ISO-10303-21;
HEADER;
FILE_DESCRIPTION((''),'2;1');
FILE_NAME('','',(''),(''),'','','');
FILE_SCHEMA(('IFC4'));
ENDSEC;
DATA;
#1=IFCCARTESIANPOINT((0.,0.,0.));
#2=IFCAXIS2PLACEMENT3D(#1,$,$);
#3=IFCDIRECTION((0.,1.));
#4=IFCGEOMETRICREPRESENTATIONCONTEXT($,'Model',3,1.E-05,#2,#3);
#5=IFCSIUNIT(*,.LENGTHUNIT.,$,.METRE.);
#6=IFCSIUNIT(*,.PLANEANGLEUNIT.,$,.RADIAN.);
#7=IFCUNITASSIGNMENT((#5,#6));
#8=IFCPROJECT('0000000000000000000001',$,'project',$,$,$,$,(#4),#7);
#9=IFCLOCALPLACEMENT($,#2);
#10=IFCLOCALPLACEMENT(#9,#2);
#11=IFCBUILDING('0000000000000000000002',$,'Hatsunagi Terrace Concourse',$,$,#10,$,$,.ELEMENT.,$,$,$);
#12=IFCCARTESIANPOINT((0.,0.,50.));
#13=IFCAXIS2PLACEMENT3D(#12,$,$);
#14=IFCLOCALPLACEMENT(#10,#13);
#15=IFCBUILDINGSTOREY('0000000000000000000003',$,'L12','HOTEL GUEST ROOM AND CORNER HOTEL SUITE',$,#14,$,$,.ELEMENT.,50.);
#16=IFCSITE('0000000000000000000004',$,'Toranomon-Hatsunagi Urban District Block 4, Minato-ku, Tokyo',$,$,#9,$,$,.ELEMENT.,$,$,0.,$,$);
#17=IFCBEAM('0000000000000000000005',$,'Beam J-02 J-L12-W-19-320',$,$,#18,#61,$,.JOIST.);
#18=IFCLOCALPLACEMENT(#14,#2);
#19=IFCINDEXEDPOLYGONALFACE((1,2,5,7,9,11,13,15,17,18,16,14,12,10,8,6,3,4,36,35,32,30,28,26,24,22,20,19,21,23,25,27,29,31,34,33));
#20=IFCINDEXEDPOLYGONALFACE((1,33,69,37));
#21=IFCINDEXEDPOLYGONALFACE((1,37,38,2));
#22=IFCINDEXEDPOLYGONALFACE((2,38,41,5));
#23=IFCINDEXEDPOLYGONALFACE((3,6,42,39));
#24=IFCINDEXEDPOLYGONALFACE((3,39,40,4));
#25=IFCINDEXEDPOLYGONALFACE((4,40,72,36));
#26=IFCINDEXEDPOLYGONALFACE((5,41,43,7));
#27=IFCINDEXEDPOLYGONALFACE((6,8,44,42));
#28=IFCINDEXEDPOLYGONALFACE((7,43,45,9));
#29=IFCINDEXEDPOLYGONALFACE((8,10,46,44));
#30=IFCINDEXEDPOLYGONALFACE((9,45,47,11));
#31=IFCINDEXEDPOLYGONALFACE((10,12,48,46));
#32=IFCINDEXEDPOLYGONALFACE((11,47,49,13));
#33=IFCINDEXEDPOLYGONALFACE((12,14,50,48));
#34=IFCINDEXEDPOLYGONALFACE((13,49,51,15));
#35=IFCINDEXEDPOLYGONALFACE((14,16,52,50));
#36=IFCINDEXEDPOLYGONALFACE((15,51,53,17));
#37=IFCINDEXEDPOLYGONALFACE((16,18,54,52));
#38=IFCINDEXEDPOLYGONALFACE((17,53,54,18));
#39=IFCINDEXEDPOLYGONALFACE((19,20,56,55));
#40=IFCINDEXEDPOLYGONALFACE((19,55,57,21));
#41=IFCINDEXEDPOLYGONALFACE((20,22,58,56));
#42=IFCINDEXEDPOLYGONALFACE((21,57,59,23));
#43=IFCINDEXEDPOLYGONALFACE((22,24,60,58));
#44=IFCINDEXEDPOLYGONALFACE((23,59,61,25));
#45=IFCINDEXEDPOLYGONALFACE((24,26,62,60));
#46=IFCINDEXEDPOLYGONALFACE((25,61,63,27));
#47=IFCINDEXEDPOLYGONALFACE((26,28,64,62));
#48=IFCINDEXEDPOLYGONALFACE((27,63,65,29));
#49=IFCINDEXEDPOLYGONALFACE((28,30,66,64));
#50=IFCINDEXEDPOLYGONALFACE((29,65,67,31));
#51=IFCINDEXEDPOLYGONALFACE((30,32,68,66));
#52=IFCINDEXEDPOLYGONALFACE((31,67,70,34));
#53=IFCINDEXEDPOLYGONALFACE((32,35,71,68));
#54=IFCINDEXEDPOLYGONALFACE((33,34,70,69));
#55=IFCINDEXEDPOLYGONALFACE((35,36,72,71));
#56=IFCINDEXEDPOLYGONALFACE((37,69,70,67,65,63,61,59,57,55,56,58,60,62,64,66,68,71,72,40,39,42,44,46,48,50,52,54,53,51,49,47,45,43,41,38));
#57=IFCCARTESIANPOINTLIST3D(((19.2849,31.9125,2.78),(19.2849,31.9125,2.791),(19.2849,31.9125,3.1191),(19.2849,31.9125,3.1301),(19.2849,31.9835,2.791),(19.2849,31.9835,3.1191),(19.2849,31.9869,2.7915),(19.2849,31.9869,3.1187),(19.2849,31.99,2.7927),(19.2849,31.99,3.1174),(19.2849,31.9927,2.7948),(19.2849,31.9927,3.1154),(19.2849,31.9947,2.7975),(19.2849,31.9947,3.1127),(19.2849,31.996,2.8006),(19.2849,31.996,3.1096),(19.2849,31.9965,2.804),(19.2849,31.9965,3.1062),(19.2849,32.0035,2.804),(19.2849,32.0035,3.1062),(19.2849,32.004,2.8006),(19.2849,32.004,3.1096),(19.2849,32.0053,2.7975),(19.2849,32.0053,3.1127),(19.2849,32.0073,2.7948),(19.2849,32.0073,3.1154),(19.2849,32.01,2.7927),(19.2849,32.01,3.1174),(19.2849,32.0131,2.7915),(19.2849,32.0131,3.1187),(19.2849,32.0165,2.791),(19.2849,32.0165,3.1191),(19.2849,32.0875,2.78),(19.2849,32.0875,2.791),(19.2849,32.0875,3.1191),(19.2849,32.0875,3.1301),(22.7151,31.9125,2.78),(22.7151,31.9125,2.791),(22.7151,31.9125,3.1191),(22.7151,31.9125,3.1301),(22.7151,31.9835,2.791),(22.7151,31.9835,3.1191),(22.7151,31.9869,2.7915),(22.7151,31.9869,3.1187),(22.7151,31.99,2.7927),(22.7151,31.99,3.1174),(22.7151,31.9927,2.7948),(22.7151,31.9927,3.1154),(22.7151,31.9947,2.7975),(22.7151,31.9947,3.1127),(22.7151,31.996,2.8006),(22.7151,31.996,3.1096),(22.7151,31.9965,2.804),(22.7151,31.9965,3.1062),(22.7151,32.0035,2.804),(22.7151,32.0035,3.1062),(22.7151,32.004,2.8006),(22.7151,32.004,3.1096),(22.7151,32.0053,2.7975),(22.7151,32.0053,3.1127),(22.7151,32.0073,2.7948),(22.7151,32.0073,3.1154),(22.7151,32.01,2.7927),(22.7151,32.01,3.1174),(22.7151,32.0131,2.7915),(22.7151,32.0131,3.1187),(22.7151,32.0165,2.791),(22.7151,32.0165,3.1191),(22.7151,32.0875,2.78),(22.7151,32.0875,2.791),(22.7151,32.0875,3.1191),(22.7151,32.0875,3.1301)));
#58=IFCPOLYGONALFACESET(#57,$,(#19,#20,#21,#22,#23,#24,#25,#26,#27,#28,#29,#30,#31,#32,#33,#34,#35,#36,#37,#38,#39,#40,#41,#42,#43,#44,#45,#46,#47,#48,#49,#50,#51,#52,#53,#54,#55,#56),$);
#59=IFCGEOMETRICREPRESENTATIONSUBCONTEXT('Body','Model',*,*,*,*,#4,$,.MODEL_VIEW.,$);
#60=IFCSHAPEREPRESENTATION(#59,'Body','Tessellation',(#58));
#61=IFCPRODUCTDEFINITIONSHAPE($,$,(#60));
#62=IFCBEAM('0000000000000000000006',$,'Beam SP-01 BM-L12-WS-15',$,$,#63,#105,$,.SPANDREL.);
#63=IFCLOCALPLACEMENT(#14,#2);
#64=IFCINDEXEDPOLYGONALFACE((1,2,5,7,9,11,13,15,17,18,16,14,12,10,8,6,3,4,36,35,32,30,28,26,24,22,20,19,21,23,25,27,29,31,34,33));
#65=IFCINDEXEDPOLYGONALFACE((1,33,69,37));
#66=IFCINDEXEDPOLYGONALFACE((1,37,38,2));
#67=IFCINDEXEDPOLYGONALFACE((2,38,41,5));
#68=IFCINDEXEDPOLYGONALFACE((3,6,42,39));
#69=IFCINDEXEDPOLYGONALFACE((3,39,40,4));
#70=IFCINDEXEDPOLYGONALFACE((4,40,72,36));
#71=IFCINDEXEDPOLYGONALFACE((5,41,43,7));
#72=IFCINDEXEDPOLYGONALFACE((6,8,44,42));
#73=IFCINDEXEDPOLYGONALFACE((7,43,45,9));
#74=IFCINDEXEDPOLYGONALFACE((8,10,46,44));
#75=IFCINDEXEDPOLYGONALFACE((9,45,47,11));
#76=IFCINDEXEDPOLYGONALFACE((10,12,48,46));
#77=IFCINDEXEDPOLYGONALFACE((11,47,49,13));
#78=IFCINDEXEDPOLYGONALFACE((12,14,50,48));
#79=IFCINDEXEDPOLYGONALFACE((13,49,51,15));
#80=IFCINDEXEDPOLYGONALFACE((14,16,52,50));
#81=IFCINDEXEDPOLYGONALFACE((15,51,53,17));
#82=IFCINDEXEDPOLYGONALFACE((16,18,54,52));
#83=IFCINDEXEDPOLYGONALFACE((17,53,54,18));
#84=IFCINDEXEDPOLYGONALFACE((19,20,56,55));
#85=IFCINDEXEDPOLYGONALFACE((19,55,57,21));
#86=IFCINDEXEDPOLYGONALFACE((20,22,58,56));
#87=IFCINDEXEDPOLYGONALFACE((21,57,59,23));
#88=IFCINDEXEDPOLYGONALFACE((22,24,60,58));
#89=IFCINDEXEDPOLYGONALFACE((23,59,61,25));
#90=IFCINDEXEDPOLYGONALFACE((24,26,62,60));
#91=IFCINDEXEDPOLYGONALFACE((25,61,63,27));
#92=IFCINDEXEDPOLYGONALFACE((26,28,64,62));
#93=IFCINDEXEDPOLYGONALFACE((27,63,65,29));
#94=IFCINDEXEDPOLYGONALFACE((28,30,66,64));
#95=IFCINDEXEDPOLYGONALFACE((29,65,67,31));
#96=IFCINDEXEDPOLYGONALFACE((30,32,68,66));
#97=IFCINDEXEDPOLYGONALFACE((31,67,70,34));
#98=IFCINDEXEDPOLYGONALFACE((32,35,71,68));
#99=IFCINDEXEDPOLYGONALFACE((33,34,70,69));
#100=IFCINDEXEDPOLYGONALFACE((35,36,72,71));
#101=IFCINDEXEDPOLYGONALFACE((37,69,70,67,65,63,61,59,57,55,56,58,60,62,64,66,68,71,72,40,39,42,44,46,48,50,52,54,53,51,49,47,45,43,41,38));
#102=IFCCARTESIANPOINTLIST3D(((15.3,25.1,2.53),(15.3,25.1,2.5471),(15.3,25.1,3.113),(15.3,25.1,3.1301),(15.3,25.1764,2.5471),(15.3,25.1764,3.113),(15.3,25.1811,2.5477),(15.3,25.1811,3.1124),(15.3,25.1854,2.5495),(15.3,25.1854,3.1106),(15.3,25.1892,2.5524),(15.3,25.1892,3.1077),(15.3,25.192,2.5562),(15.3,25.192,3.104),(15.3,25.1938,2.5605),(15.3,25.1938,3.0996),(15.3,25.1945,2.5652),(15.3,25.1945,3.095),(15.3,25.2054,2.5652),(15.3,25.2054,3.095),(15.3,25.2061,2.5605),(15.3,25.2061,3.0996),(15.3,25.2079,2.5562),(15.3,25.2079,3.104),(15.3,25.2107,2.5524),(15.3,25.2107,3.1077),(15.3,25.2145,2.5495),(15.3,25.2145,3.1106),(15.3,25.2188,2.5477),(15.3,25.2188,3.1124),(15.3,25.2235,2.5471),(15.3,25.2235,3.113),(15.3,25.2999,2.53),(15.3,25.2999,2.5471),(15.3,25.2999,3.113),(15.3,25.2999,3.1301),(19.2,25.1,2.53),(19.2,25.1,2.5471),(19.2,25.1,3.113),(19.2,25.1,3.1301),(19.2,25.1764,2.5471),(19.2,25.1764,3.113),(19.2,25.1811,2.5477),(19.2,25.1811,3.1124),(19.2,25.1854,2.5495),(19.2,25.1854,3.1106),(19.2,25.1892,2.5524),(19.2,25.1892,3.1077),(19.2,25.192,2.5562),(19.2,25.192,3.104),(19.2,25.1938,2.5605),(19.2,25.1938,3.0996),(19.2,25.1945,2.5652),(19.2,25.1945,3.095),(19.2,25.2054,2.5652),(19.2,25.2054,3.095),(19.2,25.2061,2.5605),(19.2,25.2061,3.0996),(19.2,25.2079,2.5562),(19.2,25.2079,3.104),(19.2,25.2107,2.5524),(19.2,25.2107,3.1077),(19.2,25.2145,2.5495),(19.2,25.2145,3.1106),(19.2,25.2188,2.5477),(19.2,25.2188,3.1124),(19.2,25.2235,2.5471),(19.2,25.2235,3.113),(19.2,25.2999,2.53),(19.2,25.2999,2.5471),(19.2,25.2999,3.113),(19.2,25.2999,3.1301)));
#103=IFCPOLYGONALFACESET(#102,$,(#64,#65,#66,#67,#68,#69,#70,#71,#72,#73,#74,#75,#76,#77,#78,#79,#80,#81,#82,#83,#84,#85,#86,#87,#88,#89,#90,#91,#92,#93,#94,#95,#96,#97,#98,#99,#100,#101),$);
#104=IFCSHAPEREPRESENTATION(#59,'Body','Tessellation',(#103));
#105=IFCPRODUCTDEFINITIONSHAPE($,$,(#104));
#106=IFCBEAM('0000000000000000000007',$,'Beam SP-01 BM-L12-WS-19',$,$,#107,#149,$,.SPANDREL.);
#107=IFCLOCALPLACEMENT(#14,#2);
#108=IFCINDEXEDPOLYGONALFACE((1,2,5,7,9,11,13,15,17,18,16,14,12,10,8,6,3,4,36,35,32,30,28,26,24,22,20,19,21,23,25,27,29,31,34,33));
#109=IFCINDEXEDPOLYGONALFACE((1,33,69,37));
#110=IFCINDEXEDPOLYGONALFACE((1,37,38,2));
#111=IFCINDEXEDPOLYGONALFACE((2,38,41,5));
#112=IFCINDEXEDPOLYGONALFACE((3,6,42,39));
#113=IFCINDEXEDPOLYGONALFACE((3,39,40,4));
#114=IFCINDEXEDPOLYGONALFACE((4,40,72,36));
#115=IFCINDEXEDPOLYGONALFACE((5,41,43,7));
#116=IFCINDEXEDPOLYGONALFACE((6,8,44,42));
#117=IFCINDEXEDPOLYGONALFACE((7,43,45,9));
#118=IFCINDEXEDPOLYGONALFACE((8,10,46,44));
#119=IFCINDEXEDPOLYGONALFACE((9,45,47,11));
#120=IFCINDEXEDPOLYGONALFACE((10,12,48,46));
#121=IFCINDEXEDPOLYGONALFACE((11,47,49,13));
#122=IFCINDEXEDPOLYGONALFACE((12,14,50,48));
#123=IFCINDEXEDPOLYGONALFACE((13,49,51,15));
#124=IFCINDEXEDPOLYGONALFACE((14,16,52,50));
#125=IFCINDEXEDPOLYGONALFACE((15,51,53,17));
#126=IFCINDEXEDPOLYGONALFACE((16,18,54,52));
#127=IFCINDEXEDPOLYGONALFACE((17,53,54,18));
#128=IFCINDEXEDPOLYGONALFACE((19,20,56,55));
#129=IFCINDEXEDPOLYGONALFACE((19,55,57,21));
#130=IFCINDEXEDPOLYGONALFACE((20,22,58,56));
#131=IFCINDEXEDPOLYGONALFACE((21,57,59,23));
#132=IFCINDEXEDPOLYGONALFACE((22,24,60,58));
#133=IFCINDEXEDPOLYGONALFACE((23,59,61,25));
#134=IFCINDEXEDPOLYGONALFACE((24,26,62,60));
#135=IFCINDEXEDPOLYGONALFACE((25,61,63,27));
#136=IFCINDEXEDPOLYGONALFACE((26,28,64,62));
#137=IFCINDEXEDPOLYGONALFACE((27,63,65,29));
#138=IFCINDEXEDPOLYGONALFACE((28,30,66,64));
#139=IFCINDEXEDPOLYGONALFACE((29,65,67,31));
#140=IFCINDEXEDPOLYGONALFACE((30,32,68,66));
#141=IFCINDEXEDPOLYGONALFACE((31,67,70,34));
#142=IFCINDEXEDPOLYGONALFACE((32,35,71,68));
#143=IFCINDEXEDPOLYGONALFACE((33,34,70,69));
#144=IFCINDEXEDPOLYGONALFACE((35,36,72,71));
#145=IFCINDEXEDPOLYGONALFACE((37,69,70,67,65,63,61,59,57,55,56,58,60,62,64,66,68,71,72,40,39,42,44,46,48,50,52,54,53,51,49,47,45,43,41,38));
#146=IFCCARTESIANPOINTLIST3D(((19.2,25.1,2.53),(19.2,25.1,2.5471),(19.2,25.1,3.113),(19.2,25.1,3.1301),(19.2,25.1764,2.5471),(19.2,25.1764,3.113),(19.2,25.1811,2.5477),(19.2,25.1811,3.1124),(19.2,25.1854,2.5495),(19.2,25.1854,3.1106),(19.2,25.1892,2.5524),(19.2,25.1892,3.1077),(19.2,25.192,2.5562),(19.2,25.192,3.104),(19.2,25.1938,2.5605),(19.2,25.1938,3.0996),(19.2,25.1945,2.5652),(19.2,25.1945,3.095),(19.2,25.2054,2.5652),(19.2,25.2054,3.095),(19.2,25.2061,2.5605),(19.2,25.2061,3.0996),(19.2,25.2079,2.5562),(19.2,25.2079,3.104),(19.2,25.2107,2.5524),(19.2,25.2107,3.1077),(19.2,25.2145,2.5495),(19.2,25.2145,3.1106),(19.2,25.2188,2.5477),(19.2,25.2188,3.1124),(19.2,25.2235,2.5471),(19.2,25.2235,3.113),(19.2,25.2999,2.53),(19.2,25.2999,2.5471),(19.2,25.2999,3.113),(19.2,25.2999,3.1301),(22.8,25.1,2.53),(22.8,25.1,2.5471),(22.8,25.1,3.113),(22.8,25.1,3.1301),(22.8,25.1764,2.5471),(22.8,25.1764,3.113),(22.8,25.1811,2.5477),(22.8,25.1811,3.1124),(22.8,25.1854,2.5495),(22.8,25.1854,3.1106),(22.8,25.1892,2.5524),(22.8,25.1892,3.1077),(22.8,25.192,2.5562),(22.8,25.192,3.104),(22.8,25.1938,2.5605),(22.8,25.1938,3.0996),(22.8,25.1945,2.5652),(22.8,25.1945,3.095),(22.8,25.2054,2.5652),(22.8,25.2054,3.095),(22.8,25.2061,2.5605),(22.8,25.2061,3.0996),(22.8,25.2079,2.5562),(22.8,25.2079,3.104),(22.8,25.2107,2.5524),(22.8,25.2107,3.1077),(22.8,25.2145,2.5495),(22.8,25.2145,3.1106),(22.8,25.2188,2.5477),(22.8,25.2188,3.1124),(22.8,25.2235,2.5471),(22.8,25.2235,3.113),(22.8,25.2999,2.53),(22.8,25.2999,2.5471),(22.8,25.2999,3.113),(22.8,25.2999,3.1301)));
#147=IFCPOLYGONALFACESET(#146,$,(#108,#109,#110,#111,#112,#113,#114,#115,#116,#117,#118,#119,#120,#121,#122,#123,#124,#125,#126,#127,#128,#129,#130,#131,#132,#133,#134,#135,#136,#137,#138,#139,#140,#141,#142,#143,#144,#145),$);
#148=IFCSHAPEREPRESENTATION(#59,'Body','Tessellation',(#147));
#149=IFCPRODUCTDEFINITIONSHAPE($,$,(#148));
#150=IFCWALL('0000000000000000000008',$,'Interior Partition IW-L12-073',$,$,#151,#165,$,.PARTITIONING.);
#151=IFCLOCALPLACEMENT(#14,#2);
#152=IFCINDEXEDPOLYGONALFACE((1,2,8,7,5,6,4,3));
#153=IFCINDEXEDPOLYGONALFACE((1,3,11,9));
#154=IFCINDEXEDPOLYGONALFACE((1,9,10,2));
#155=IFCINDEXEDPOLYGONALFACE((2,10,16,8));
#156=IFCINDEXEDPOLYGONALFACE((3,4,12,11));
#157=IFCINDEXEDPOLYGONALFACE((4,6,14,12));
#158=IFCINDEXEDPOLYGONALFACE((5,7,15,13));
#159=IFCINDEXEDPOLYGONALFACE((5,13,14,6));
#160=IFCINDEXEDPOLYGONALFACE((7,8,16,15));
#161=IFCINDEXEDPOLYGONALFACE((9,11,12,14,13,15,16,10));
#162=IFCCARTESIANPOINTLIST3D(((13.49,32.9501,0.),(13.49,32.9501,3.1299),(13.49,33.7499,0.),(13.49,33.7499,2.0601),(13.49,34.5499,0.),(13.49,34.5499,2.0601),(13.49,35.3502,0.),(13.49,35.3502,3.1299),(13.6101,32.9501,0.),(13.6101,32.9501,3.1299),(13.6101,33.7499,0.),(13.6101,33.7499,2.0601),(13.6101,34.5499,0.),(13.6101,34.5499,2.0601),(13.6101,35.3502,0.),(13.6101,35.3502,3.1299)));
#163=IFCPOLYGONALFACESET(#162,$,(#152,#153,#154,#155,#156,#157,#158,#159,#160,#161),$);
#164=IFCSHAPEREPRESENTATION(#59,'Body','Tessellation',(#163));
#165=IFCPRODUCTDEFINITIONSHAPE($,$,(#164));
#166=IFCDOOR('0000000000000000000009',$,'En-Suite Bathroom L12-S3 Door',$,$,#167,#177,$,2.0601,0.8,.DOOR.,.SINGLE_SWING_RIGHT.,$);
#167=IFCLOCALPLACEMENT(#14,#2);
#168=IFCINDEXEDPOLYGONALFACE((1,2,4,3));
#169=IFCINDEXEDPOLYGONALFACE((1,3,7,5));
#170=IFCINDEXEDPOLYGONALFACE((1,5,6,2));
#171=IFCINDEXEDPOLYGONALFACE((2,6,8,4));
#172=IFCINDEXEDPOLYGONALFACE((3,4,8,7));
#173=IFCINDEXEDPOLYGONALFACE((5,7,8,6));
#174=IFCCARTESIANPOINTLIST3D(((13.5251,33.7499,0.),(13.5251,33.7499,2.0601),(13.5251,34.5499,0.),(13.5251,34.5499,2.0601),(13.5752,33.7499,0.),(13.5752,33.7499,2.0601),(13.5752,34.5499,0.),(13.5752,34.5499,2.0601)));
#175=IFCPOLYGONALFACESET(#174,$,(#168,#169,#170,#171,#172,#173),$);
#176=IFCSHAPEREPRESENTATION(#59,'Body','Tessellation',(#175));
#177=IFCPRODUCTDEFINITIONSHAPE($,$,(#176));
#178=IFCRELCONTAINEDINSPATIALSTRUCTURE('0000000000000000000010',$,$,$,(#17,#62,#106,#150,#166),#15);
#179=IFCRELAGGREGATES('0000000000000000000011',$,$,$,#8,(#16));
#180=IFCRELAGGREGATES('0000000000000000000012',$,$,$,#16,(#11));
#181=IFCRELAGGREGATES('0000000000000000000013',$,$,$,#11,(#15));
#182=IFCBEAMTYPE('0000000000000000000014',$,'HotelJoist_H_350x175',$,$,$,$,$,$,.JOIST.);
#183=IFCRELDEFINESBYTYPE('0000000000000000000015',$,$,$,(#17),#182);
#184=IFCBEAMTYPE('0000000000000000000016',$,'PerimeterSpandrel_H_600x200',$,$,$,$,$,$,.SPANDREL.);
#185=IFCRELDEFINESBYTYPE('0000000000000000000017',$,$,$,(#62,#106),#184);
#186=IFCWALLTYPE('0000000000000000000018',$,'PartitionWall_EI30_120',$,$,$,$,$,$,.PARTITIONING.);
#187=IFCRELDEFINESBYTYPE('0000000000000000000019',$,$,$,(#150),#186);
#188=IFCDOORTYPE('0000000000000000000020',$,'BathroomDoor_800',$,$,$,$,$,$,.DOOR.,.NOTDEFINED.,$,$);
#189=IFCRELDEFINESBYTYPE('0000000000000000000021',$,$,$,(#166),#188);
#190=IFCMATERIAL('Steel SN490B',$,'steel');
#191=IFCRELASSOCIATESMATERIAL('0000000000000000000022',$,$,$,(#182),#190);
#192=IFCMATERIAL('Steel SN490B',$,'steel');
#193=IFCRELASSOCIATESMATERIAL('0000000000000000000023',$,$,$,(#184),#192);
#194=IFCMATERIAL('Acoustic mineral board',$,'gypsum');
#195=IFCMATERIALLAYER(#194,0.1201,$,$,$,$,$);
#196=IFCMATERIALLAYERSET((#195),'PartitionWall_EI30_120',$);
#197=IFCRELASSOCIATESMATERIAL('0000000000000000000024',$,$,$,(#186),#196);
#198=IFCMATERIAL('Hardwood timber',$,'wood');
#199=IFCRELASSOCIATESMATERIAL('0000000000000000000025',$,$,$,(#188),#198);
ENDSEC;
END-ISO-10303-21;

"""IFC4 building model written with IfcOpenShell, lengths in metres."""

from ifc_helpers import new_model, si_unit, direction, frame, frame_2d, origin, origin_2d, place, context, subcontext, project, spatial, rectangle, i_section, extrude, material, layer, layer_set, material_profile, profile_set, type_object, element, fill, save


model = new_model("IFC4")

# Units and contexts
model_context = context("Model", 3, precision=1e-05, world=origin(), true_north=direction((0.0, 1.0)))
body_context = subcontext(model_context, "Body", "Model", "MODEL_VIEW")
ifc_project = project(units=[si_unit("LENGTHUNIT", "METRE"), si_unit("PLANEANGLEUNIT", "RADIAN")], contexts=[model_context])

# Site, building, storey
site_placement = place(None, origin())
site = spatial("IfcSite", under=ifc_project, at=site_placement, Name="Toranomon-Hatsunagi Urban District Block 4, Minato-ku, Tokyo", CompositionType="ELEMENT", RefElevation=0.0)
building_placement = place(site_placement, origin())
building = spatial("IfcBuilding", under=site, at=building_placement, Name="Hatsunagi Terrace Concourse", CompositionType="ELEMENT")
storey_placement = place(building_placement, frame((0.0, 0.0, 50.0)))
storey = spatial("IfcBuildingStorey", under=building, at=storey_placement, Name="L12", Description="HOTEL GUEST ROOM AND CORNER HOTEL SUITE", CompositionType="ELEMENT", Elevation=50.0)

# Beams
ifc_material_1 = material(Name="Steel SN490B", Category="steel")
ifc_material_profile_1 = material_profile(ifc_material_1, i_section(OverallWidth=0.175, OverallDepth=0.3501, WebThickness=0.0071, FlangeThickness=0.011, FilletRadius=0.0129, at=origin_2d()), Name="H-350x175x7x11")
ifc_profile_set_1 = profile_set([ifc_material_profile_1], Name="Steel SN490B")
beam_type_1 = type_object("IfcBeamType", Name="HotelJoist_H_350x175", PredefinedType="JOIST", material=ifc_profile_set_1)
beam_1_placement = place(storey_placement, frame((19.2849, 32.0, 2.9551), z_axis=(1.0, 0.0, 0.0), x_axis=(0.0, 1.0, 0.0)))
element("IfcBeam", 1, at=beam_1_placement, inside=storey, type_object=beam_type_1, Name="Beam J-02 J-L12-W-19-320", PredefinedType="JOIST", context=body_context, shape_type="SweptSolid", body=[
    extrude(i_section(OverallWidth=0.175, OverallDepth=0.3501, WebThickness=0.0071, FlangeThickness=0.011, FilletRadius=0.0129, at=origin_2d()), origin(), (0.0, 0.0, 1.0), 3.4302),
])
ifc_material_2 = material(Name="Steel SN490B", Category="steel")
ifc_material_profile_2 = material_profile(ifc_material_2, i_section(OverallWidth=0.2, OverallDepth=0.6001, WebThickness=0.011, FlangeThickness=0.0171, FilletRadius=0.0181, at=origin_2d()), Name="H-600x200x11x17")
ifc_profile_set_2 = profile_set([ifc_material_profile_2], Name="Steel SN490B")
beam_type_2 = type_object("IfcBeamType", Name="PerimeterSpandrel_H_600x200", PredefinedType="SPANDREL", material=ifc_profile_set_2)
beam_2_placement = place(storey_placement, frame((15.3, 25.2, 2.8301), z_axis=(1.0, 0.0, 0.0), x_axis=(0.0, 1.0, 0.0)))
element("IfcBeam", 2, at=beam_2_placement, inside=storey, type_object=beam_type_2, Name="Beam SP-01 BM-L12-WS-15", PredefinedType="SPANDREL", context=body_context, shape_type="SweptSolid", body=[
    extrude(i_section(OverallWidth=0.2, OverallDepth=0.6001, WebThickness=0.011, FlangeThickness=0.0171, FilletRadius=0.0181, at=origin_2d()), origin(), (0.0, 0.0, 1.0), 3.8999),
])
beam_3_placement = place(storey_placement, frame((19.2, 25.2, 2.8301), z_axis=(1.0, 0.0, 0.0), x_axis=(0.0, 1.0, 0.0)))
element("IfcBeam", 3, at=beam_3_placement, inside=storey, type_object=beam_type_2, Name="Beam SP-01 BM-L12-WS-19", PredefinedType="SPANDREL", context=body_context, shape_type="SweptSolid", body=[
    extrude(i_section(OverallWidth=0.2, OverallDepth=0.6001, WebThickness=0.011, FlangeThickness=0.0171, FilletRadius=0.0181, at=origin_2d()), origin(), (0.0, 0.0, 1.0), 3.6001),
])

# Wall, opening, door
ifc_material_3 = material(Name="Acoustic mineral board", Category="gypsum")
ifc_layer = layer(ifc_material_3, 0.1201)
ifc_layer_set = layer_set([ifc_layer], Name="PartitionWall_EI30_120")
wall_type = type_object("IfcWallType", Name="PartitionWall_EI30_120", PredefinedType="PARTITIONING", material=ifc_layer_set)
wall_placement = place(storey_placement, frame((13.55, 32.95, 0.0), z_axis=(0.0, 0.0, 1.0), x_axis=(0.0, 1.0, 0.0)))
wall = element("IfcWall", 4, at=wall_placement, inside=storey, type_object=wall_type, Name="Interior Partition IW-L12-073", PredefinedType="PARTITIONING", context=body_context, shape_type="SweptSolid", body=[
    extrude(rectangle(XDim=2.4001, YDim=0.1201, at=frame_2d((1.2002, 0.0))), origin(), (0.0, 0.0, 1.0), 3.1299),
])
opening_placement = place(wall_placement, frame((0.8, 0.0, 0.0)))
opening = element("IfcOpeningElement", 5, at=opening_placement, cuts=wall, PredefinedType="OPENING", context=body_context, shape_type="SweptSolid", body=[
    extrude(rectangle(XDim=0.8, YDim=2.0601, at=frame_2d((0.3999, 1.03))), frame((0.0, 0.0701, 0.0), z_axis=(0.0, -1.0, 0.0), x_axis=(1.0, 0.0, 0.0)), (0.0, 0.0, 1.0), 0.1401),
])
ifc_material_4 = material(Name="Hardwood timber", Category="wood")
door_type = type_object("IfcDoorType", Name="BathroomDoor_800", OperationType="NOTDEFINED", PredefinedType="DOOR", material=ifc_material_4)
door_placement = place(opening_placement, origin())
door = element("IfcDoor", 6, at=door_placement, inside=storey, type_object=door_type, Name="En-Suite Bathroom L12-S3 Door", OperationType="SINGLE_SWING_RIGHT", OverallHeight=2.0601, OverallWidth=0.8, PredefinedType="DOOR", context=body_context, shape_type="SweptSolid", body=[
    extrude(rectangle(XDim=0.8, YDim=2.0601, at=frame_2d((0.3999, 1.03))), frame((0.0, 0.0249, 0.0), z_axis=(0.0, -1.0, 0.0), x_axis=(1.0, 0.0, 0.0)), (0.0, 0.0, 1.0), 0.05),
])
fill(opening, door)

save(model, "model.ifc")
